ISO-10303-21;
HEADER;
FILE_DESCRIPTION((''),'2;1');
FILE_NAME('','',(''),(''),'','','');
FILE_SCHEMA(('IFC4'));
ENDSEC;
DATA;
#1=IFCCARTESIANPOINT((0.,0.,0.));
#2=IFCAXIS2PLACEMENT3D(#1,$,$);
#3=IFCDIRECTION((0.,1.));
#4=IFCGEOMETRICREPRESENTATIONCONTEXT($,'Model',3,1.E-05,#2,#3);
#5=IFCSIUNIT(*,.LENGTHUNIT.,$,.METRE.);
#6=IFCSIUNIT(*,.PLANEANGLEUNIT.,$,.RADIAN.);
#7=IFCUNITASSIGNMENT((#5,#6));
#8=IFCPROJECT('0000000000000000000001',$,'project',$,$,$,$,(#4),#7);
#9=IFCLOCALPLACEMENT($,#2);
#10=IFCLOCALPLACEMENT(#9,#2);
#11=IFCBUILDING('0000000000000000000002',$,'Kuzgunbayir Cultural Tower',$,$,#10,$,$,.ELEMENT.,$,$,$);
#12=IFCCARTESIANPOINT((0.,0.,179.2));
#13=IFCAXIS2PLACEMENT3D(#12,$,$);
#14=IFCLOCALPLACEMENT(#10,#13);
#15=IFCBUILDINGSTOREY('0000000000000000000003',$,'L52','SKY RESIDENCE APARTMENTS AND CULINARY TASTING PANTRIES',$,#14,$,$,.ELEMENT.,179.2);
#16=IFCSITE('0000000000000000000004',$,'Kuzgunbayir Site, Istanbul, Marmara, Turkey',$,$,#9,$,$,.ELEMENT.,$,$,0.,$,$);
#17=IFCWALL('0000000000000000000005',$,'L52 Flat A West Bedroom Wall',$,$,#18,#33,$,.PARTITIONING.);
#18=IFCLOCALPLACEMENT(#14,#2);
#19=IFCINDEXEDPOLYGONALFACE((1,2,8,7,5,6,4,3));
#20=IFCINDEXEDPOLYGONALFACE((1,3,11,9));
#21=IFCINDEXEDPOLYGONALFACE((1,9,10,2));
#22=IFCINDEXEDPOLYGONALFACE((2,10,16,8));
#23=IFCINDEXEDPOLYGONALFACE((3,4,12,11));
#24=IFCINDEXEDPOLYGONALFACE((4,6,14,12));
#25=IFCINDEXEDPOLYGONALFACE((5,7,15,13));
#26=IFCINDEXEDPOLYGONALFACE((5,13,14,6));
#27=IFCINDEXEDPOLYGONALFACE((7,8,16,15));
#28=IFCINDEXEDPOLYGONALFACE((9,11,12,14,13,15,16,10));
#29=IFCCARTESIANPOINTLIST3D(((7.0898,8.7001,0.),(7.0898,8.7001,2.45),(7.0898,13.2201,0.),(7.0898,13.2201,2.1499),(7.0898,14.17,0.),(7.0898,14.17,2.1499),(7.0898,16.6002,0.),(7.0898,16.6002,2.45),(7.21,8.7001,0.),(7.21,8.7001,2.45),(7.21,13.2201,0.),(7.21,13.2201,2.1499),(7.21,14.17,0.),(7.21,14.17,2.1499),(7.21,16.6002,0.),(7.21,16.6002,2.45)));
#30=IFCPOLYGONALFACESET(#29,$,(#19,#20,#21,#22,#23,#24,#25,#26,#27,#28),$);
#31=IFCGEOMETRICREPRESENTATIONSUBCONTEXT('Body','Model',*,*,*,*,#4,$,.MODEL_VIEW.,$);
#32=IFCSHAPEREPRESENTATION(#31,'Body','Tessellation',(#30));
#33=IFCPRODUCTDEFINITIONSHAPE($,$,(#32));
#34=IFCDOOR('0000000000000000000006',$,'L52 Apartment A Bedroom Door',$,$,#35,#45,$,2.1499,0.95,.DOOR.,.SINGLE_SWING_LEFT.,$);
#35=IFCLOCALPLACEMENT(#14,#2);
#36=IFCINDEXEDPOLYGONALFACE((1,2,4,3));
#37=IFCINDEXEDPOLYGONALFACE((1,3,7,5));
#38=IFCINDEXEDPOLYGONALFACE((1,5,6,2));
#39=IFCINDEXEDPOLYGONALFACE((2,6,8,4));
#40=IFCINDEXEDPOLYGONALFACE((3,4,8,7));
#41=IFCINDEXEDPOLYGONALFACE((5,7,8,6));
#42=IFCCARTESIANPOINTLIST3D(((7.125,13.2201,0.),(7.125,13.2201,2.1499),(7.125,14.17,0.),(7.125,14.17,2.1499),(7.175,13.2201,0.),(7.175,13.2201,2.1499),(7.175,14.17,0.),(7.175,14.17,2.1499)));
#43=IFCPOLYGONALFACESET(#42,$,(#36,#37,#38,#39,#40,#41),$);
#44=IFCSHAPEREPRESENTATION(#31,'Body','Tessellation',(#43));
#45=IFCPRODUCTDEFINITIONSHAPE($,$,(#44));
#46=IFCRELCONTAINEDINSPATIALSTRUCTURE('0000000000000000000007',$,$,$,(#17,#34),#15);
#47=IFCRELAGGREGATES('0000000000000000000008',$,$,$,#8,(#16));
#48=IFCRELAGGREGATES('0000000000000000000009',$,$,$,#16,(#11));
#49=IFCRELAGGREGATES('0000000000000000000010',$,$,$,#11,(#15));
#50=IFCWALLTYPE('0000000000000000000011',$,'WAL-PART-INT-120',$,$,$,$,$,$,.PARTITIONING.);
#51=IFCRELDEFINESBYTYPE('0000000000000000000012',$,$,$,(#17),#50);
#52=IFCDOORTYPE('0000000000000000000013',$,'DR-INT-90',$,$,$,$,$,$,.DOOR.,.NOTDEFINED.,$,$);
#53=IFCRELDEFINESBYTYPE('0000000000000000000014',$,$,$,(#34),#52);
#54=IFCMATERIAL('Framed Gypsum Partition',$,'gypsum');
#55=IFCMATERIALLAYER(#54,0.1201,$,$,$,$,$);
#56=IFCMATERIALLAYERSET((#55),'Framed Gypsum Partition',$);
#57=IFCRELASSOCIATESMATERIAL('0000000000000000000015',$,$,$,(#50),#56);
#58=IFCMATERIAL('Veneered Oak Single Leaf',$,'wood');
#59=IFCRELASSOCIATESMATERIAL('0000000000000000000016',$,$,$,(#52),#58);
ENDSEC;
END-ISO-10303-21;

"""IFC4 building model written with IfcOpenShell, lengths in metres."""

from ifc_helpers import new_model, si_unit, direction, frame, frame_2d, origin, place, context, subcontext, project, spatial, rectangle, extrude, material, layer, layer_set, type_object, element, fill, save


model = new_model("IFC4")

# Units and contexts
model_context = context("Model", 3, precision=1e-05, world=origin(), true_north=direction((0.0, 1.0)))
body_context = subcontext(model_context, "Body", "Model", "MODEL_VIEW")
ifc_project = project(units=[si_unit("LENGTHUNIT", "METRE"), si_unit("PLANEANGLEUNIT", "RADIAN")], contexts=[model_context])

# Site, building, storey
site_placement = place(None, origin())
site = spatial("IfcSite", under=ifc_project, at=site_placement, Name="Kuzgunbayir Site, Istanbul, Marmara, Turkey", CompositionType="ELEMENT", RefElevation=0.0)
building_placement = place(site_placement, origin())
building = spatial("IfcBuilding", under=site, at=building_placement, Name="Kuzgunbayir Cultural Tower", CompositionType="ELEMENT")
storey_placement = place(building_placement, frame((0.0, 0.0, 179.2)))
storey = spatial("IfcBuildingStorey", under=building, at=storey_placement, Name="L52", Description="SKY RESIDENCE APARTMENTS AND CULINARY TASTING PANTRIES", CompositionType="ELEMENT", Elevation=179.2)

# Wall, opening, door
ifc_material_1 = material(Name="Framed Gypsum Partition", Category="gypsum")
ifc_layer_1 = layer(ifc_material_1, 0.1201)
ifc_layer_set_1 = layer_set([ifc_layer_1], Name="Framed Gypsum Partition")
wall_type_1 = type_object("IfcWallType", Name="WAL-PART-INT-120", PredefinedType="PARTITIONING", material=ifc_layer_set_1)
wall_1_placement = place(storey_placement, frame((7.1499, 8.7, 0.0), z_axis=(0.0, 0.0, 1.0), x_axis=(0.0, 1.0, 0.0)))
wall_1 = element("IfcWall", 1, at=wall_1_placement, inside=storey, type_object=wall_type_1, Name="L52 Flat A West Bedroom Wall", PredefinedType="PARTITIONING", context=body_context, shape_type="SweptSolid", body=[
    extrude(rectangle(XDim=7.9001, YDim=0.1201, at=frame_2d((3.9502, 0.0))), origin(), (0.0, 0.0, 1.0), 2.45),
])
opening_1_placement = place(wall_1_placement, frame((4.52, 0.0, 0.0)))
opening_1 = element("IfcOpeningElement", 2, at=opening_1_placement, cuts=wall_1, PredefinedType="OPENING", context=body_context, shape_type="SweptSolid", body=[
    extrude(rectangle(XDim=0.95, YDim=2.1499, at=frame_2d((0.4751, 1.075))), frame((0.0, 0.0701, 0.0), z_axis=(0.0, -1.0, 0.0), x_axis=(1.0, 0.0, 0.0)), (0.0, 0.0, 1.0), 0.1401),
])
ifc_material_2 = material(Name="Veneered Oak Single Leaf", Category="wood")
door_type = type_object("IfcDoorType", Name="DR-INT-90", OperationType="NOTDEFINED", PredefinedType="DOOR", material=ifc_material_2)
door_placement = place(opening_1_placement, origin())
door = element("IfcDoor", 3, at=door_placement, inside=storey, type_object=door_type, Name="L52 Apartment A Bedroom Door", OperationType="SINGLE_SWING_LEFT", OverallHeight=2.1499, OverallWidth=0.95, PredefinedType="DOOR", context=body_context, shape_type="SweptSolid", body=[
    extrude(rectangle(XDim=0.95, YDim=2.1499, at=frame_2d((0.4751, 1.075))), frame((0.0, 0.0249, 0.0), z_axis=(0.0, -1.0, 0.0), x_axis=(1.0, 0.0, 0.0)), (0.0, 0.0, 1.0), 0.05),
])
fill(opening_1, door)

save(model, "model.ifc")
